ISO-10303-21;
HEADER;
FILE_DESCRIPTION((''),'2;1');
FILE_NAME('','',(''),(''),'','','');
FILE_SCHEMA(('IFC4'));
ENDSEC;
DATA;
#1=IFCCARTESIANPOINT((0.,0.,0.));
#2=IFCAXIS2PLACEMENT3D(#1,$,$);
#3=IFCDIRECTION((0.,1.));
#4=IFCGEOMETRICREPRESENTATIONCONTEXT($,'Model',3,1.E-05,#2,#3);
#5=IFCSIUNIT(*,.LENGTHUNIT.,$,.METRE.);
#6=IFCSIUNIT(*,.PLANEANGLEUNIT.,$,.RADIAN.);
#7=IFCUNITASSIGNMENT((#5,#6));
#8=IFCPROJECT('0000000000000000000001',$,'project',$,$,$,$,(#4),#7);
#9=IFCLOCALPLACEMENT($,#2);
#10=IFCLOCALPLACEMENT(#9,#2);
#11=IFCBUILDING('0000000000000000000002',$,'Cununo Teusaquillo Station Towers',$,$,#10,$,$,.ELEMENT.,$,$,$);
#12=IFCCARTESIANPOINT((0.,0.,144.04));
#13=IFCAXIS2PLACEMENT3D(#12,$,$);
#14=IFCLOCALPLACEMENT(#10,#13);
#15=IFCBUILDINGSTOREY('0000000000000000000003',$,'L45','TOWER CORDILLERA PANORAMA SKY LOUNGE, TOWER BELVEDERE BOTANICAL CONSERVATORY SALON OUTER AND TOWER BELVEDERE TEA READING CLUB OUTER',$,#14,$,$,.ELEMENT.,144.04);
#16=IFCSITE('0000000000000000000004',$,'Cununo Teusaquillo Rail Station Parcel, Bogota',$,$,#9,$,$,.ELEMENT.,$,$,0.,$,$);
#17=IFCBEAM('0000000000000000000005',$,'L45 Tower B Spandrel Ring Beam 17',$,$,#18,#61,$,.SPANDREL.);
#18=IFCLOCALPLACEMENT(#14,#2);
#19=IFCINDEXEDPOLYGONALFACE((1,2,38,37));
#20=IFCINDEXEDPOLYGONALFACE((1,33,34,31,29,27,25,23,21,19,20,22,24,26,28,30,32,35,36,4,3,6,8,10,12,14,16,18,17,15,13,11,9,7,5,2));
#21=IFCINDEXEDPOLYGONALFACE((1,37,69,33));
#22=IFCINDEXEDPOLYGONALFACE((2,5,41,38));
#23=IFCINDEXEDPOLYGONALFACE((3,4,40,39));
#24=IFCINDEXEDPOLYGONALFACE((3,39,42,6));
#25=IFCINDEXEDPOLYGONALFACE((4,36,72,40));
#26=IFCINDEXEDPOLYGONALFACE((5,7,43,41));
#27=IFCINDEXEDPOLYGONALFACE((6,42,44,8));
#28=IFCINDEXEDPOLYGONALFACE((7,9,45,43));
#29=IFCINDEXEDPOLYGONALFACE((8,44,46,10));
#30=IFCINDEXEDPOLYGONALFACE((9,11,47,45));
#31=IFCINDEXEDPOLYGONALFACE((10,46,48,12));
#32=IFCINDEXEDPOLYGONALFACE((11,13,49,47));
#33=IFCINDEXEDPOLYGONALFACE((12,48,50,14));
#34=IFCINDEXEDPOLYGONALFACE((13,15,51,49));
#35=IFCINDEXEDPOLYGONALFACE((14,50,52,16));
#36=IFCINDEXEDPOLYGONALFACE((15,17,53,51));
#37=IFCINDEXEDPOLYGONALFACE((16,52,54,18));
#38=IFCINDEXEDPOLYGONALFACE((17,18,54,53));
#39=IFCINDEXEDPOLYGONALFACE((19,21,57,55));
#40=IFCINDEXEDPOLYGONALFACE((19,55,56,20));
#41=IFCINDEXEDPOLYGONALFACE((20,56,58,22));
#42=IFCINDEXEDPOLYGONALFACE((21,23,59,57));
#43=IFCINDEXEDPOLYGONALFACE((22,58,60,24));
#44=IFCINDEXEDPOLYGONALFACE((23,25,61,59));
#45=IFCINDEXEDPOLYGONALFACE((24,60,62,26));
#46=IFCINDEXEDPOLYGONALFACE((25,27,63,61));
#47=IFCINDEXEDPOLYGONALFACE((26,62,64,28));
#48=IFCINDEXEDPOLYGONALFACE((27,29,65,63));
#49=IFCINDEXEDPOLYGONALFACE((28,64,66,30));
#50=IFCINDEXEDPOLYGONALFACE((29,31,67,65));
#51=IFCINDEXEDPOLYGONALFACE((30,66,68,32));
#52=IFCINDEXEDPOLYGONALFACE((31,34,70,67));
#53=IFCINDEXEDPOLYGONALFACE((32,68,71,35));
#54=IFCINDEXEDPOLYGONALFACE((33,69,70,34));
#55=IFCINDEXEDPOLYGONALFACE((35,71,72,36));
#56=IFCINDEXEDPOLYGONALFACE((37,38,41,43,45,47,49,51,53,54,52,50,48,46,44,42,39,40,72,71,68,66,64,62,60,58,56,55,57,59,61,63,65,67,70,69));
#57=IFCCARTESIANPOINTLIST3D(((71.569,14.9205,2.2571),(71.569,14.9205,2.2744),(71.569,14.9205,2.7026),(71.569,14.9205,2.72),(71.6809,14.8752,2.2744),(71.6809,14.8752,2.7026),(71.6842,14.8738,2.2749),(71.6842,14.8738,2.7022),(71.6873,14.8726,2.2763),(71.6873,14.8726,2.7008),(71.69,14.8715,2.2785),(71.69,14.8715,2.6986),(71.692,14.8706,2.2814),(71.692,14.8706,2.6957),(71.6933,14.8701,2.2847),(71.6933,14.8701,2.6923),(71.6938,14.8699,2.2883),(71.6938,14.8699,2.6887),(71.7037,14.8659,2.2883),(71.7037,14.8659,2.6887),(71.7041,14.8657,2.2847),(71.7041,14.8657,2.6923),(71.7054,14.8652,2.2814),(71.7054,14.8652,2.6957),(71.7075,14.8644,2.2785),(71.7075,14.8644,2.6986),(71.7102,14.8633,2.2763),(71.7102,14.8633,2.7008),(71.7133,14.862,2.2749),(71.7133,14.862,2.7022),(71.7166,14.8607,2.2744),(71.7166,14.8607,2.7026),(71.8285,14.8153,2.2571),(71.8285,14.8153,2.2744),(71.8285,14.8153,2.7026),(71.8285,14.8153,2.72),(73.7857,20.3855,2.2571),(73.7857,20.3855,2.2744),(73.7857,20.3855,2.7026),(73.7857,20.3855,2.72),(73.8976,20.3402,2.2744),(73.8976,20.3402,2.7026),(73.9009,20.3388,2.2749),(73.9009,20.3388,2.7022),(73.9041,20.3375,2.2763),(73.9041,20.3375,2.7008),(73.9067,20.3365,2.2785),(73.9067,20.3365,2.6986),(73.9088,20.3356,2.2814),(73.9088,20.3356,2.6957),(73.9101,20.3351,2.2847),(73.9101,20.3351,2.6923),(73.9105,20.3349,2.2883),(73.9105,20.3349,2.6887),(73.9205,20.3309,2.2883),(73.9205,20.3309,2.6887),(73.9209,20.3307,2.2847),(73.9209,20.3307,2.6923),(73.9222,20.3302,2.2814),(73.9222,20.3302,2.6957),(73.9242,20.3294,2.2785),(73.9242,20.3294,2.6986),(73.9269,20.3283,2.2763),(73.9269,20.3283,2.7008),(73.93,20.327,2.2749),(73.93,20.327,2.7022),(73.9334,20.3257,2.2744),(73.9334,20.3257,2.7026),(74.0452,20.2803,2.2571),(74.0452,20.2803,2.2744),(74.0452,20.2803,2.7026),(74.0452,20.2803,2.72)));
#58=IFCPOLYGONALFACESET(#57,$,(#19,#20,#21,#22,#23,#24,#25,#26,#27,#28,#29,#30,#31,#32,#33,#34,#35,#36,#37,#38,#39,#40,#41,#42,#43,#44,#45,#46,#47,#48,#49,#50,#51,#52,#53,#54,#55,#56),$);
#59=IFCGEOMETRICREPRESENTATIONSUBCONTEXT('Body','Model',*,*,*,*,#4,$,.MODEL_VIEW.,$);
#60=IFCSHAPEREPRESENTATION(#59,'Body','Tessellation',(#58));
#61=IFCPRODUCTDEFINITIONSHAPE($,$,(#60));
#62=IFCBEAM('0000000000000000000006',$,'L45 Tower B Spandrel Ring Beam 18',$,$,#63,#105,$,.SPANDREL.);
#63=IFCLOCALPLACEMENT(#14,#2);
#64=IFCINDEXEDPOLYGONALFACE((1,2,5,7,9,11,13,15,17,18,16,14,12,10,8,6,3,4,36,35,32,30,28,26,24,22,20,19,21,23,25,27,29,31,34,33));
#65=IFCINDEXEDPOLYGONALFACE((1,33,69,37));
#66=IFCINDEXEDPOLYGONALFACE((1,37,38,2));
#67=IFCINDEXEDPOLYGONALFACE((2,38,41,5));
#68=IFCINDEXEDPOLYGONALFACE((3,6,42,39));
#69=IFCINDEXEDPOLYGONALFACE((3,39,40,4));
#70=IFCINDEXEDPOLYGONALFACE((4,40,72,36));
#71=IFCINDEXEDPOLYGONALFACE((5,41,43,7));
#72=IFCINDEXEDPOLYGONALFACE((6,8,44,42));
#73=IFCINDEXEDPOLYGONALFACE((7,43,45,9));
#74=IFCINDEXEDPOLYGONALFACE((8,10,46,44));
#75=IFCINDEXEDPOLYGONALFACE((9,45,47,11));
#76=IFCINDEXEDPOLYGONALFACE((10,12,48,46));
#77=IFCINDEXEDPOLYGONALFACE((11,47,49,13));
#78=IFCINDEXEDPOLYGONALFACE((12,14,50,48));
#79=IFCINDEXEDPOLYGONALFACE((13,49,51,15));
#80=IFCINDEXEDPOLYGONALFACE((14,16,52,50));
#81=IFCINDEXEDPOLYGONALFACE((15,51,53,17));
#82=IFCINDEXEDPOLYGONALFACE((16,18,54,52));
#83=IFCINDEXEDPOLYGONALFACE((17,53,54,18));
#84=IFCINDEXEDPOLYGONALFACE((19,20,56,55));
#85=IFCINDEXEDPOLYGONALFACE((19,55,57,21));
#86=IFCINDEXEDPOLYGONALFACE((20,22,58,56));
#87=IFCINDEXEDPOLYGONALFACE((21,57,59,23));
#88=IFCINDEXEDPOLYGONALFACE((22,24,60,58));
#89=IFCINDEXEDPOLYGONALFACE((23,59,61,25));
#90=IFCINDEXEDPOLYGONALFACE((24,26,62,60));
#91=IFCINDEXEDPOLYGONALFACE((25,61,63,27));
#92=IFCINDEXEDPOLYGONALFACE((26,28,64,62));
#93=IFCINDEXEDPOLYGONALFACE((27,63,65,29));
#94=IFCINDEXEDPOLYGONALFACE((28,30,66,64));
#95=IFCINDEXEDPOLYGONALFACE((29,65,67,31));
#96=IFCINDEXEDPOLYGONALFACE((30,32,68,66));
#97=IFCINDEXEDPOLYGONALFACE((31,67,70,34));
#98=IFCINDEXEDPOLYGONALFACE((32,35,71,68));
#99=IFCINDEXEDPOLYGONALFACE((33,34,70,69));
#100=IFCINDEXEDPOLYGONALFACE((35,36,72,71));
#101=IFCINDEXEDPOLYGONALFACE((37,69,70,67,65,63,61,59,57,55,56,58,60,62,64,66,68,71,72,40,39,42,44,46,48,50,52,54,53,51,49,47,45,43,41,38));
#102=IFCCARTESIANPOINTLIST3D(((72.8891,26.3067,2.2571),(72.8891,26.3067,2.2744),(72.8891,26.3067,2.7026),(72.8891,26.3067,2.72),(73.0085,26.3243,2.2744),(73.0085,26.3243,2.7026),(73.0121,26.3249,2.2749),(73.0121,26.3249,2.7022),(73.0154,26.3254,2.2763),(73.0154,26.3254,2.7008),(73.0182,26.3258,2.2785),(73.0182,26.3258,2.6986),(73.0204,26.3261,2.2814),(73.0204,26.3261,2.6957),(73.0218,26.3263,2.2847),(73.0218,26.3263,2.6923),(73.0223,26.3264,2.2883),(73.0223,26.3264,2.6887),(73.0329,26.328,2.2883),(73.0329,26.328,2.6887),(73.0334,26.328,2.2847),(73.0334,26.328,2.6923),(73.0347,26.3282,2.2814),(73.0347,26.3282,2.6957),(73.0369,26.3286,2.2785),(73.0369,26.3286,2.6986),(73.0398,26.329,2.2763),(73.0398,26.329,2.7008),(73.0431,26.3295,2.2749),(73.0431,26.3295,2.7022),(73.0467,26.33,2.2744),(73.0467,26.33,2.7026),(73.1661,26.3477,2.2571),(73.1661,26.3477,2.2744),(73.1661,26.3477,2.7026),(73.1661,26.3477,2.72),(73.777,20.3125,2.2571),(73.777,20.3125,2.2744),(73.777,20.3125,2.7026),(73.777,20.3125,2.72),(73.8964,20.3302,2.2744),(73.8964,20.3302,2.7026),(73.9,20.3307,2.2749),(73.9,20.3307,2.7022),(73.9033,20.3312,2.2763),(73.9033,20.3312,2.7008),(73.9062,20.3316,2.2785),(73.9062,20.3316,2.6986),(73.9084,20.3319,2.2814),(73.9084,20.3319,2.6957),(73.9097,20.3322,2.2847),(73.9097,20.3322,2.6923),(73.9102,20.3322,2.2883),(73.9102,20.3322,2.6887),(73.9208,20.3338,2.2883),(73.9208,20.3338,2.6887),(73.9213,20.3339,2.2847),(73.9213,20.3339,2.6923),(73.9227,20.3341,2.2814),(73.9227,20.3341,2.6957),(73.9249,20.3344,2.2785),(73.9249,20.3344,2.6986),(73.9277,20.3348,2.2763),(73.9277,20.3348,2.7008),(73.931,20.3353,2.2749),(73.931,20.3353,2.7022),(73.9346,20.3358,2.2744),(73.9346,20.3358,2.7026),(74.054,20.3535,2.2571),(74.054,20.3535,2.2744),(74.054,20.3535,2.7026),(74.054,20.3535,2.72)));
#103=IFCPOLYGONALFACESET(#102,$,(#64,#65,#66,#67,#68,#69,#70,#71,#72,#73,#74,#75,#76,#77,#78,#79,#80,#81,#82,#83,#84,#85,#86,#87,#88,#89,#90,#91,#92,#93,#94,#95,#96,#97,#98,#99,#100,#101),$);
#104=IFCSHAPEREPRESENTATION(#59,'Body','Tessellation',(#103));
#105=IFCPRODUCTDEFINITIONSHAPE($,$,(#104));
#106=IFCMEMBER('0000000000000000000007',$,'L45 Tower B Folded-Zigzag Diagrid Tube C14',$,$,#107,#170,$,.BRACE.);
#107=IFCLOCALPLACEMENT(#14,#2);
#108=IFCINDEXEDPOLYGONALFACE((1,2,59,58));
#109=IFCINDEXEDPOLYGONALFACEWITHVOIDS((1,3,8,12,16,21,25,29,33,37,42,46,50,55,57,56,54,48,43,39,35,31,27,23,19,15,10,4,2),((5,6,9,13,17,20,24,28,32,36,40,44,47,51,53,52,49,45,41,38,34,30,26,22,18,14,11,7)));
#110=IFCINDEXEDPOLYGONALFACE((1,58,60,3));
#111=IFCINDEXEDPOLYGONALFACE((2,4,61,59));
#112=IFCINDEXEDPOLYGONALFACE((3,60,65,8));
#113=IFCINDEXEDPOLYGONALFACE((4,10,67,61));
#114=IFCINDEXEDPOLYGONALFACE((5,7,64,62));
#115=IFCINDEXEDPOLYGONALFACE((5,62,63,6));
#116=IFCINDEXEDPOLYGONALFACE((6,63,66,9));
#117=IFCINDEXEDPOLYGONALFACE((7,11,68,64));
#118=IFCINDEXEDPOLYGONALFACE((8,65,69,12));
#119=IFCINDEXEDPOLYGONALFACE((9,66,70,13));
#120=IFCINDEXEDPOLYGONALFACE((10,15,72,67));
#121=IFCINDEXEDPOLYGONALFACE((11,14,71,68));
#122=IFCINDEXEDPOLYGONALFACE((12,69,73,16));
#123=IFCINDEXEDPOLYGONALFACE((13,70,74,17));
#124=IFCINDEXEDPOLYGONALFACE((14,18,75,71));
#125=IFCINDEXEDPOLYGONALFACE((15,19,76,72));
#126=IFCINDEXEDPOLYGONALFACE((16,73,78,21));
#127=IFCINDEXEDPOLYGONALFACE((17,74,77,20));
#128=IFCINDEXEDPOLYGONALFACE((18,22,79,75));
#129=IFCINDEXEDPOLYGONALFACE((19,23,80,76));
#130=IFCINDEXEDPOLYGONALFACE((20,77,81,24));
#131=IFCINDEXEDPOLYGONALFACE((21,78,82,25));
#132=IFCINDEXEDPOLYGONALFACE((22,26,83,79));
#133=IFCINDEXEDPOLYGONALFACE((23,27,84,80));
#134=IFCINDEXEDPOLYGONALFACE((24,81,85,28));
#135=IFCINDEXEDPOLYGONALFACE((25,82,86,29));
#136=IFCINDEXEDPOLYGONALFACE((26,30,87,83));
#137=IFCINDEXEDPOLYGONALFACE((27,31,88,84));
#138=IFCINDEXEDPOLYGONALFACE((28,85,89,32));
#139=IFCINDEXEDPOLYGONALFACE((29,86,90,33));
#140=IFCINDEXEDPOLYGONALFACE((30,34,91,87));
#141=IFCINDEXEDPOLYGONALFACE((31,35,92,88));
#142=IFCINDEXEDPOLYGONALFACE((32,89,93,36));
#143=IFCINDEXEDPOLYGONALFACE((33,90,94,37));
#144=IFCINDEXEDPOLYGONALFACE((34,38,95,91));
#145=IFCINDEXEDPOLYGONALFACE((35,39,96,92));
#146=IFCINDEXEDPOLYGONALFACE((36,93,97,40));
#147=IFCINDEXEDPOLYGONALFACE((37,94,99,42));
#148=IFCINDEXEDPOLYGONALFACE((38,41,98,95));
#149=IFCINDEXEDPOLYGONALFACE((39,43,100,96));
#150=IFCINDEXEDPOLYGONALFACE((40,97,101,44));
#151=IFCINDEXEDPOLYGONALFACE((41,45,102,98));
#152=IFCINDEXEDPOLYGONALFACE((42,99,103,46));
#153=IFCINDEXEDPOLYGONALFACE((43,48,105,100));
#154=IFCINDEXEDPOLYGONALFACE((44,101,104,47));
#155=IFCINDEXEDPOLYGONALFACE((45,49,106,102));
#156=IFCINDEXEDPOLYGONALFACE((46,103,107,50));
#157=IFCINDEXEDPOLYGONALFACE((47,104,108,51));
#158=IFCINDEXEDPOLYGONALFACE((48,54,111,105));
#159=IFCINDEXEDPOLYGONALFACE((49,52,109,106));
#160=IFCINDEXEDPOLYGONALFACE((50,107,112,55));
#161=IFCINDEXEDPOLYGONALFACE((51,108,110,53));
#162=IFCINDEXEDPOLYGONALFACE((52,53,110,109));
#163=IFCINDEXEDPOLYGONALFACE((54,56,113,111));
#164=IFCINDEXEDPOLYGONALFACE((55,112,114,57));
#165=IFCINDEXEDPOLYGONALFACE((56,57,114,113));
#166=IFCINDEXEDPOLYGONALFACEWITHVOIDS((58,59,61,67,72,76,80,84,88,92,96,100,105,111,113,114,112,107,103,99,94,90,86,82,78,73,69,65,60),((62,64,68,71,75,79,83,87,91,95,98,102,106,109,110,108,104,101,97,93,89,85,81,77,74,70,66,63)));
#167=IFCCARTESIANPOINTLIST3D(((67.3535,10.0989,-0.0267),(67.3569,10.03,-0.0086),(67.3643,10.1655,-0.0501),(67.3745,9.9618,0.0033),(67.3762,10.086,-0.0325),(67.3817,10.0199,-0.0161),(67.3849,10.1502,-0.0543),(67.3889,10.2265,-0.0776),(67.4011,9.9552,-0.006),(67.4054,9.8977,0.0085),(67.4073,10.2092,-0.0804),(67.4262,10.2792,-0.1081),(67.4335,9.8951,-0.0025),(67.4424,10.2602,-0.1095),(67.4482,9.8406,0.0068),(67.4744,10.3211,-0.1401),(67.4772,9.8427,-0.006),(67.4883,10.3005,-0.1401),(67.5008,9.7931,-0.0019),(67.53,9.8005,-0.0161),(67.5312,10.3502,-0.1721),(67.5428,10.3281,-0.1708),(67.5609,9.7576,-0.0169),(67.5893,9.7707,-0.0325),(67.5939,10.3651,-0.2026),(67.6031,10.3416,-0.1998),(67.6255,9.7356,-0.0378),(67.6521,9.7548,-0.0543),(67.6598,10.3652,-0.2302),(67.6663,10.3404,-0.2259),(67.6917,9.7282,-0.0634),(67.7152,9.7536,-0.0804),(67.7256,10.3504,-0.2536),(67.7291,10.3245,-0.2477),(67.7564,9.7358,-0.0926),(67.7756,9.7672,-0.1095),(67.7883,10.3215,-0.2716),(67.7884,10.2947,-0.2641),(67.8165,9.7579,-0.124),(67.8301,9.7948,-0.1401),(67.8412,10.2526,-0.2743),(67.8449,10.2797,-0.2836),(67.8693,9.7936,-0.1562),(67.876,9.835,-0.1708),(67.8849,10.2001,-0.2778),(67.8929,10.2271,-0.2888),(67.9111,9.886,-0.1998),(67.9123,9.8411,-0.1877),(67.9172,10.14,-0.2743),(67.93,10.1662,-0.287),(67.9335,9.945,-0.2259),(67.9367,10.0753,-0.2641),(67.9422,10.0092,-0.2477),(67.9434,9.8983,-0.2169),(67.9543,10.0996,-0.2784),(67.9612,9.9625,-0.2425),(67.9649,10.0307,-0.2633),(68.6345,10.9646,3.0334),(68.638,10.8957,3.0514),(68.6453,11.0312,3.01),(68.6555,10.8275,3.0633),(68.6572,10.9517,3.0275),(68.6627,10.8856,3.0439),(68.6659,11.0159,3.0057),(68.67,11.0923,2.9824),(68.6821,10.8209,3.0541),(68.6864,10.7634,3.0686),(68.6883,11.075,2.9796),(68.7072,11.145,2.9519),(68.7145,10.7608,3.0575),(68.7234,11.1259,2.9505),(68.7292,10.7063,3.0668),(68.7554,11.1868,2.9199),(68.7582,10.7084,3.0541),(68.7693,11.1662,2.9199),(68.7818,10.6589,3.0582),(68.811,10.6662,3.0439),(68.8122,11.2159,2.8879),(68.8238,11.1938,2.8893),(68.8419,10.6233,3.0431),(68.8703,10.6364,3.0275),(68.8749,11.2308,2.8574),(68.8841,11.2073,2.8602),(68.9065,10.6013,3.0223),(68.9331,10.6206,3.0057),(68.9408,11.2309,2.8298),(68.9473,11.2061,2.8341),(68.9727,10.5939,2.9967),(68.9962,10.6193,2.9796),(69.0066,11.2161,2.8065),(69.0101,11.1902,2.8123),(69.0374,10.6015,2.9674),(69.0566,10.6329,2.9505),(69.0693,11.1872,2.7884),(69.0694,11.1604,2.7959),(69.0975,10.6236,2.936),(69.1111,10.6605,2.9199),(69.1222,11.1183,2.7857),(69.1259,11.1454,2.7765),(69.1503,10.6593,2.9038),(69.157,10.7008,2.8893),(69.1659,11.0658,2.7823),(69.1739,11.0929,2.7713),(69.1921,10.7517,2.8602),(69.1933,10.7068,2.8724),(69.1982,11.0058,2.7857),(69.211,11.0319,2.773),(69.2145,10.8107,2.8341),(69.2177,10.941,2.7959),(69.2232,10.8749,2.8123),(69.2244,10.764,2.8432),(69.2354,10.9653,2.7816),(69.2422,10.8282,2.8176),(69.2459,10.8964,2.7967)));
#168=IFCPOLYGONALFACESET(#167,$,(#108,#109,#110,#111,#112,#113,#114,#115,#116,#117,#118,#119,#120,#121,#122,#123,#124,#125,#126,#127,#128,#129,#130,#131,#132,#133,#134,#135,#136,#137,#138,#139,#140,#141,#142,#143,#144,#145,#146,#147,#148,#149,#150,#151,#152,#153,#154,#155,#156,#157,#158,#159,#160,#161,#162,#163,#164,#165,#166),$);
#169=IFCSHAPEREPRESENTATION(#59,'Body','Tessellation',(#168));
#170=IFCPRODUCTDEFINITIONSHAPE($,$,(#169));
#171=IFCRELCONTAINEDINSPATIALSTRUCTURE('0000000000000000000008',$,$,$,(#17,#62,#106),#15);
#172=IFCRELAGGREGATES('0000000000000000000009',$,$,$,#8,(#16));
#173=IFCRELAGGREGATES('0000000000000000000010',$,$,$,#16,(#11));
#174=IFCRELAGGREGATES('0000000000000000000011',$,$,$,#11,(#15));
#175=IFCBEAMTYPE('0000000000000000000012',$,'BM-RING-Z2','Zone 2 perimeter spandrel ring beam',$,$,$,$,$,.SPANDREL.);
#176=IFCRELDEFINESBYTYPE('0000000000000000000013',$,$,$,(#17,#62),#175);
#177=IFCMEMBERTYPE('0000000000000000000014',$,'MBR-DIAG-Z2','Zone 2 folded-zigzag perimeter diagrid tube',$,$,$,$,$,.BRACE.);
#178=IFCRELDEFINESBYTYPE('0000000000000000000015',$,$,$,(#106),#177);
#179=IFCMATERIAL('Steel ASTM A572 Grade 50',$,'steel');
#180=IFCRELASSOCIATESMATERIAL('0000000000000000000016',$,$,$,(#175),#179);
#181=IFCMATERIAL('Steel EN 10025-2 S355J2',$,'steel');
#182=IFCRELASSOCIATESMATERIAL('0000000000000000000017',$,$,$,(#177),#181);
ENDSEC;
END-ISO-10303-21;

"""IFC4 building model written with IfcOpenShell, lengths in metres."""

from ifc_helpers import new_model, si_unit, direction, frame, origin, origin_2d, place, context, subcontext, project, spatial, hollow_circle, i_section, extrude, material, material_profile, profile_set, type_object, element, save


model = new_model("IFC4")

# Units and contexts
model_context = context("Model", 3, precision=1e-05, world=origin(), true_north=direction((0.0, 1.0)))
body_context = subcontext(model_context, "Body", "Model", "MODEL_VIEW")
ifc_project = project(units=[si_unit("LENGTHUNIT", "METRE"), si_unit("PLANEANGLEUNIT", "RADIAN")], contexts=[model_context])

# Site, building, storey
site_placement = place(None, origin())
site = spatial("IfcSite", under=ifc_project, at=site_placement, Name="Cununo Teusaquillo Rail Station Parcel, Bogota", CompositionType="ELEMENT", RefElevation=0.0)
building_placement = place(site_placement, origin())
building = spatial("IfcBuilding", under=site, at=building_placement, Name="Cununo Teusaquillo Station Towers", CompositionType="ELEMENT")
storey_placement = place(building_placement, frame((0.0, 0.0, 144.04)))
storey = spatial("IfcBuildingStorey", under=building, at=storey_placement, Name="L45", Description="TOWER CORDILLERA PANORAMA SKY LOUNGE, TOWER BELVEDERE BOTANICAL CONSERVATORY SALON OUTER AND TOWER BELVEDERE TEA READING CLUB OUTER", CompositionType="ELEMENT", Elevation=144.04)

# Beams
ifc_material_1 = material(Name="Steel ASTM A572 Grade 50", Category="steel")
ifc_material_profile_1 = material_profile(ifc_material_1, i_section(OverallWidth=0.28, OverallDepth=0.4629, WebThickness=0.0107, FlangeThickness=0.0173, FilletRadius=0.0139, at=origin_2d()), Name="W18X76")
ifc_profile_set_1 = profile_set([ifc_material_profile_1], Name="Steel ASTM A572 Grade 50")
beam_type_1 = type_object("IfcBeamType", Name="BM-RING-Z2", Description="Zone 2 perimeter spandrel ring beam", PredefinedType="SPANDREL", material=ifc_profile_set_1)
beam_1_placement = place(storey_placement, frame((71.6987, 14.8679, 2.4885), z_axis=(0.375883, 0.926667, 0.0), x_axis=(-0.926667, 0.375883, 0.0)))
element("IfcBeam", 1, at=beam_1_placement, inside=storey, type_object=beam_type_1, Name="L45 Tower B Spandrel Ring Beam 17", PredefinedType="SPANDREL", context=body_context, shape_type="SweptSolid", body=[
    extrude(i_section(OverallWidth=0.28, OverallDepth=0.4629, WebThickness=0.0107, FlangeThickness=0.0173, FilletRadius=0.0139, at=origin_2d()), origin(), (0.0, 0.0, 1.0), 5.8975),
])
beam_2_placement = place(storey_placement, frame((73.9155, 20.333, 2.4885), z_axis=(-0.146536, 0.989205, 0.0), x_axis=(-0.989205, -0.146536, 0.0)))
element("IfcBeam", 2, at=beam_2_placement, inside=storey, type_object=beam_type_1, Name="L45 Tower B Spandrel Ring Beam 18", PredefinedType="SPANDREL", context=body_context, shape_type="SweptSolid", body=[
    extrude(i_section(OverallWidth=0.28, OverallDepth=0.4629, WebThickness=0.0107, FlangeThickness=0.0173, FilletRadius=0.0139, at=origin_2d()), origin(), (0.0, 0.0, 1.0), 6.0596),
])

# Member
ifc_material_2 = material(Name="Steel EN 10025-2 S355J2", Category="steel")
ifc_material_profile_2 = material_profile(ifc_material_2, hollow_circle(Radius=0.3301, WallThickness=0.0249, at=origin_2d()), Name="CHS 660x25")
ifc_profile_set_2 = profile_set([ifc_material_profile_2], Name="Steel EN 10025-2 S355J2")
member_type = type_object("IfcMemberType", Name="MBR-DIAG-Z2", Description="Zone 2 folded-zigzag perimeter diagrid tube", PredefinedType="BRACE", material=ifc_profile_set_2)
member_1_placement = place(storey_placement, frame((67.6592, 10.0476, -0.1401), z_axis=(0.373638, 0.25251, 0.892543), x_axis=(-0.559937, 0.828536, 0.0)))
element("IfcMember", 3, at=member_1_placement, inside=storey, type_object=member_type, Name="L45 Tower B Folded-Zigzag Diagrid Tube C14", PredefinedType="BRACE", context=body_context, shape_type="SweptSolid", body=[
    extrude(hollow_circle(Radius=0.3301, WallThickness=0.0249, at=origin_2d()), origin(), (0.0, 0.0, 1.0), 3.4285),
])

save(model, "model.ifc")
